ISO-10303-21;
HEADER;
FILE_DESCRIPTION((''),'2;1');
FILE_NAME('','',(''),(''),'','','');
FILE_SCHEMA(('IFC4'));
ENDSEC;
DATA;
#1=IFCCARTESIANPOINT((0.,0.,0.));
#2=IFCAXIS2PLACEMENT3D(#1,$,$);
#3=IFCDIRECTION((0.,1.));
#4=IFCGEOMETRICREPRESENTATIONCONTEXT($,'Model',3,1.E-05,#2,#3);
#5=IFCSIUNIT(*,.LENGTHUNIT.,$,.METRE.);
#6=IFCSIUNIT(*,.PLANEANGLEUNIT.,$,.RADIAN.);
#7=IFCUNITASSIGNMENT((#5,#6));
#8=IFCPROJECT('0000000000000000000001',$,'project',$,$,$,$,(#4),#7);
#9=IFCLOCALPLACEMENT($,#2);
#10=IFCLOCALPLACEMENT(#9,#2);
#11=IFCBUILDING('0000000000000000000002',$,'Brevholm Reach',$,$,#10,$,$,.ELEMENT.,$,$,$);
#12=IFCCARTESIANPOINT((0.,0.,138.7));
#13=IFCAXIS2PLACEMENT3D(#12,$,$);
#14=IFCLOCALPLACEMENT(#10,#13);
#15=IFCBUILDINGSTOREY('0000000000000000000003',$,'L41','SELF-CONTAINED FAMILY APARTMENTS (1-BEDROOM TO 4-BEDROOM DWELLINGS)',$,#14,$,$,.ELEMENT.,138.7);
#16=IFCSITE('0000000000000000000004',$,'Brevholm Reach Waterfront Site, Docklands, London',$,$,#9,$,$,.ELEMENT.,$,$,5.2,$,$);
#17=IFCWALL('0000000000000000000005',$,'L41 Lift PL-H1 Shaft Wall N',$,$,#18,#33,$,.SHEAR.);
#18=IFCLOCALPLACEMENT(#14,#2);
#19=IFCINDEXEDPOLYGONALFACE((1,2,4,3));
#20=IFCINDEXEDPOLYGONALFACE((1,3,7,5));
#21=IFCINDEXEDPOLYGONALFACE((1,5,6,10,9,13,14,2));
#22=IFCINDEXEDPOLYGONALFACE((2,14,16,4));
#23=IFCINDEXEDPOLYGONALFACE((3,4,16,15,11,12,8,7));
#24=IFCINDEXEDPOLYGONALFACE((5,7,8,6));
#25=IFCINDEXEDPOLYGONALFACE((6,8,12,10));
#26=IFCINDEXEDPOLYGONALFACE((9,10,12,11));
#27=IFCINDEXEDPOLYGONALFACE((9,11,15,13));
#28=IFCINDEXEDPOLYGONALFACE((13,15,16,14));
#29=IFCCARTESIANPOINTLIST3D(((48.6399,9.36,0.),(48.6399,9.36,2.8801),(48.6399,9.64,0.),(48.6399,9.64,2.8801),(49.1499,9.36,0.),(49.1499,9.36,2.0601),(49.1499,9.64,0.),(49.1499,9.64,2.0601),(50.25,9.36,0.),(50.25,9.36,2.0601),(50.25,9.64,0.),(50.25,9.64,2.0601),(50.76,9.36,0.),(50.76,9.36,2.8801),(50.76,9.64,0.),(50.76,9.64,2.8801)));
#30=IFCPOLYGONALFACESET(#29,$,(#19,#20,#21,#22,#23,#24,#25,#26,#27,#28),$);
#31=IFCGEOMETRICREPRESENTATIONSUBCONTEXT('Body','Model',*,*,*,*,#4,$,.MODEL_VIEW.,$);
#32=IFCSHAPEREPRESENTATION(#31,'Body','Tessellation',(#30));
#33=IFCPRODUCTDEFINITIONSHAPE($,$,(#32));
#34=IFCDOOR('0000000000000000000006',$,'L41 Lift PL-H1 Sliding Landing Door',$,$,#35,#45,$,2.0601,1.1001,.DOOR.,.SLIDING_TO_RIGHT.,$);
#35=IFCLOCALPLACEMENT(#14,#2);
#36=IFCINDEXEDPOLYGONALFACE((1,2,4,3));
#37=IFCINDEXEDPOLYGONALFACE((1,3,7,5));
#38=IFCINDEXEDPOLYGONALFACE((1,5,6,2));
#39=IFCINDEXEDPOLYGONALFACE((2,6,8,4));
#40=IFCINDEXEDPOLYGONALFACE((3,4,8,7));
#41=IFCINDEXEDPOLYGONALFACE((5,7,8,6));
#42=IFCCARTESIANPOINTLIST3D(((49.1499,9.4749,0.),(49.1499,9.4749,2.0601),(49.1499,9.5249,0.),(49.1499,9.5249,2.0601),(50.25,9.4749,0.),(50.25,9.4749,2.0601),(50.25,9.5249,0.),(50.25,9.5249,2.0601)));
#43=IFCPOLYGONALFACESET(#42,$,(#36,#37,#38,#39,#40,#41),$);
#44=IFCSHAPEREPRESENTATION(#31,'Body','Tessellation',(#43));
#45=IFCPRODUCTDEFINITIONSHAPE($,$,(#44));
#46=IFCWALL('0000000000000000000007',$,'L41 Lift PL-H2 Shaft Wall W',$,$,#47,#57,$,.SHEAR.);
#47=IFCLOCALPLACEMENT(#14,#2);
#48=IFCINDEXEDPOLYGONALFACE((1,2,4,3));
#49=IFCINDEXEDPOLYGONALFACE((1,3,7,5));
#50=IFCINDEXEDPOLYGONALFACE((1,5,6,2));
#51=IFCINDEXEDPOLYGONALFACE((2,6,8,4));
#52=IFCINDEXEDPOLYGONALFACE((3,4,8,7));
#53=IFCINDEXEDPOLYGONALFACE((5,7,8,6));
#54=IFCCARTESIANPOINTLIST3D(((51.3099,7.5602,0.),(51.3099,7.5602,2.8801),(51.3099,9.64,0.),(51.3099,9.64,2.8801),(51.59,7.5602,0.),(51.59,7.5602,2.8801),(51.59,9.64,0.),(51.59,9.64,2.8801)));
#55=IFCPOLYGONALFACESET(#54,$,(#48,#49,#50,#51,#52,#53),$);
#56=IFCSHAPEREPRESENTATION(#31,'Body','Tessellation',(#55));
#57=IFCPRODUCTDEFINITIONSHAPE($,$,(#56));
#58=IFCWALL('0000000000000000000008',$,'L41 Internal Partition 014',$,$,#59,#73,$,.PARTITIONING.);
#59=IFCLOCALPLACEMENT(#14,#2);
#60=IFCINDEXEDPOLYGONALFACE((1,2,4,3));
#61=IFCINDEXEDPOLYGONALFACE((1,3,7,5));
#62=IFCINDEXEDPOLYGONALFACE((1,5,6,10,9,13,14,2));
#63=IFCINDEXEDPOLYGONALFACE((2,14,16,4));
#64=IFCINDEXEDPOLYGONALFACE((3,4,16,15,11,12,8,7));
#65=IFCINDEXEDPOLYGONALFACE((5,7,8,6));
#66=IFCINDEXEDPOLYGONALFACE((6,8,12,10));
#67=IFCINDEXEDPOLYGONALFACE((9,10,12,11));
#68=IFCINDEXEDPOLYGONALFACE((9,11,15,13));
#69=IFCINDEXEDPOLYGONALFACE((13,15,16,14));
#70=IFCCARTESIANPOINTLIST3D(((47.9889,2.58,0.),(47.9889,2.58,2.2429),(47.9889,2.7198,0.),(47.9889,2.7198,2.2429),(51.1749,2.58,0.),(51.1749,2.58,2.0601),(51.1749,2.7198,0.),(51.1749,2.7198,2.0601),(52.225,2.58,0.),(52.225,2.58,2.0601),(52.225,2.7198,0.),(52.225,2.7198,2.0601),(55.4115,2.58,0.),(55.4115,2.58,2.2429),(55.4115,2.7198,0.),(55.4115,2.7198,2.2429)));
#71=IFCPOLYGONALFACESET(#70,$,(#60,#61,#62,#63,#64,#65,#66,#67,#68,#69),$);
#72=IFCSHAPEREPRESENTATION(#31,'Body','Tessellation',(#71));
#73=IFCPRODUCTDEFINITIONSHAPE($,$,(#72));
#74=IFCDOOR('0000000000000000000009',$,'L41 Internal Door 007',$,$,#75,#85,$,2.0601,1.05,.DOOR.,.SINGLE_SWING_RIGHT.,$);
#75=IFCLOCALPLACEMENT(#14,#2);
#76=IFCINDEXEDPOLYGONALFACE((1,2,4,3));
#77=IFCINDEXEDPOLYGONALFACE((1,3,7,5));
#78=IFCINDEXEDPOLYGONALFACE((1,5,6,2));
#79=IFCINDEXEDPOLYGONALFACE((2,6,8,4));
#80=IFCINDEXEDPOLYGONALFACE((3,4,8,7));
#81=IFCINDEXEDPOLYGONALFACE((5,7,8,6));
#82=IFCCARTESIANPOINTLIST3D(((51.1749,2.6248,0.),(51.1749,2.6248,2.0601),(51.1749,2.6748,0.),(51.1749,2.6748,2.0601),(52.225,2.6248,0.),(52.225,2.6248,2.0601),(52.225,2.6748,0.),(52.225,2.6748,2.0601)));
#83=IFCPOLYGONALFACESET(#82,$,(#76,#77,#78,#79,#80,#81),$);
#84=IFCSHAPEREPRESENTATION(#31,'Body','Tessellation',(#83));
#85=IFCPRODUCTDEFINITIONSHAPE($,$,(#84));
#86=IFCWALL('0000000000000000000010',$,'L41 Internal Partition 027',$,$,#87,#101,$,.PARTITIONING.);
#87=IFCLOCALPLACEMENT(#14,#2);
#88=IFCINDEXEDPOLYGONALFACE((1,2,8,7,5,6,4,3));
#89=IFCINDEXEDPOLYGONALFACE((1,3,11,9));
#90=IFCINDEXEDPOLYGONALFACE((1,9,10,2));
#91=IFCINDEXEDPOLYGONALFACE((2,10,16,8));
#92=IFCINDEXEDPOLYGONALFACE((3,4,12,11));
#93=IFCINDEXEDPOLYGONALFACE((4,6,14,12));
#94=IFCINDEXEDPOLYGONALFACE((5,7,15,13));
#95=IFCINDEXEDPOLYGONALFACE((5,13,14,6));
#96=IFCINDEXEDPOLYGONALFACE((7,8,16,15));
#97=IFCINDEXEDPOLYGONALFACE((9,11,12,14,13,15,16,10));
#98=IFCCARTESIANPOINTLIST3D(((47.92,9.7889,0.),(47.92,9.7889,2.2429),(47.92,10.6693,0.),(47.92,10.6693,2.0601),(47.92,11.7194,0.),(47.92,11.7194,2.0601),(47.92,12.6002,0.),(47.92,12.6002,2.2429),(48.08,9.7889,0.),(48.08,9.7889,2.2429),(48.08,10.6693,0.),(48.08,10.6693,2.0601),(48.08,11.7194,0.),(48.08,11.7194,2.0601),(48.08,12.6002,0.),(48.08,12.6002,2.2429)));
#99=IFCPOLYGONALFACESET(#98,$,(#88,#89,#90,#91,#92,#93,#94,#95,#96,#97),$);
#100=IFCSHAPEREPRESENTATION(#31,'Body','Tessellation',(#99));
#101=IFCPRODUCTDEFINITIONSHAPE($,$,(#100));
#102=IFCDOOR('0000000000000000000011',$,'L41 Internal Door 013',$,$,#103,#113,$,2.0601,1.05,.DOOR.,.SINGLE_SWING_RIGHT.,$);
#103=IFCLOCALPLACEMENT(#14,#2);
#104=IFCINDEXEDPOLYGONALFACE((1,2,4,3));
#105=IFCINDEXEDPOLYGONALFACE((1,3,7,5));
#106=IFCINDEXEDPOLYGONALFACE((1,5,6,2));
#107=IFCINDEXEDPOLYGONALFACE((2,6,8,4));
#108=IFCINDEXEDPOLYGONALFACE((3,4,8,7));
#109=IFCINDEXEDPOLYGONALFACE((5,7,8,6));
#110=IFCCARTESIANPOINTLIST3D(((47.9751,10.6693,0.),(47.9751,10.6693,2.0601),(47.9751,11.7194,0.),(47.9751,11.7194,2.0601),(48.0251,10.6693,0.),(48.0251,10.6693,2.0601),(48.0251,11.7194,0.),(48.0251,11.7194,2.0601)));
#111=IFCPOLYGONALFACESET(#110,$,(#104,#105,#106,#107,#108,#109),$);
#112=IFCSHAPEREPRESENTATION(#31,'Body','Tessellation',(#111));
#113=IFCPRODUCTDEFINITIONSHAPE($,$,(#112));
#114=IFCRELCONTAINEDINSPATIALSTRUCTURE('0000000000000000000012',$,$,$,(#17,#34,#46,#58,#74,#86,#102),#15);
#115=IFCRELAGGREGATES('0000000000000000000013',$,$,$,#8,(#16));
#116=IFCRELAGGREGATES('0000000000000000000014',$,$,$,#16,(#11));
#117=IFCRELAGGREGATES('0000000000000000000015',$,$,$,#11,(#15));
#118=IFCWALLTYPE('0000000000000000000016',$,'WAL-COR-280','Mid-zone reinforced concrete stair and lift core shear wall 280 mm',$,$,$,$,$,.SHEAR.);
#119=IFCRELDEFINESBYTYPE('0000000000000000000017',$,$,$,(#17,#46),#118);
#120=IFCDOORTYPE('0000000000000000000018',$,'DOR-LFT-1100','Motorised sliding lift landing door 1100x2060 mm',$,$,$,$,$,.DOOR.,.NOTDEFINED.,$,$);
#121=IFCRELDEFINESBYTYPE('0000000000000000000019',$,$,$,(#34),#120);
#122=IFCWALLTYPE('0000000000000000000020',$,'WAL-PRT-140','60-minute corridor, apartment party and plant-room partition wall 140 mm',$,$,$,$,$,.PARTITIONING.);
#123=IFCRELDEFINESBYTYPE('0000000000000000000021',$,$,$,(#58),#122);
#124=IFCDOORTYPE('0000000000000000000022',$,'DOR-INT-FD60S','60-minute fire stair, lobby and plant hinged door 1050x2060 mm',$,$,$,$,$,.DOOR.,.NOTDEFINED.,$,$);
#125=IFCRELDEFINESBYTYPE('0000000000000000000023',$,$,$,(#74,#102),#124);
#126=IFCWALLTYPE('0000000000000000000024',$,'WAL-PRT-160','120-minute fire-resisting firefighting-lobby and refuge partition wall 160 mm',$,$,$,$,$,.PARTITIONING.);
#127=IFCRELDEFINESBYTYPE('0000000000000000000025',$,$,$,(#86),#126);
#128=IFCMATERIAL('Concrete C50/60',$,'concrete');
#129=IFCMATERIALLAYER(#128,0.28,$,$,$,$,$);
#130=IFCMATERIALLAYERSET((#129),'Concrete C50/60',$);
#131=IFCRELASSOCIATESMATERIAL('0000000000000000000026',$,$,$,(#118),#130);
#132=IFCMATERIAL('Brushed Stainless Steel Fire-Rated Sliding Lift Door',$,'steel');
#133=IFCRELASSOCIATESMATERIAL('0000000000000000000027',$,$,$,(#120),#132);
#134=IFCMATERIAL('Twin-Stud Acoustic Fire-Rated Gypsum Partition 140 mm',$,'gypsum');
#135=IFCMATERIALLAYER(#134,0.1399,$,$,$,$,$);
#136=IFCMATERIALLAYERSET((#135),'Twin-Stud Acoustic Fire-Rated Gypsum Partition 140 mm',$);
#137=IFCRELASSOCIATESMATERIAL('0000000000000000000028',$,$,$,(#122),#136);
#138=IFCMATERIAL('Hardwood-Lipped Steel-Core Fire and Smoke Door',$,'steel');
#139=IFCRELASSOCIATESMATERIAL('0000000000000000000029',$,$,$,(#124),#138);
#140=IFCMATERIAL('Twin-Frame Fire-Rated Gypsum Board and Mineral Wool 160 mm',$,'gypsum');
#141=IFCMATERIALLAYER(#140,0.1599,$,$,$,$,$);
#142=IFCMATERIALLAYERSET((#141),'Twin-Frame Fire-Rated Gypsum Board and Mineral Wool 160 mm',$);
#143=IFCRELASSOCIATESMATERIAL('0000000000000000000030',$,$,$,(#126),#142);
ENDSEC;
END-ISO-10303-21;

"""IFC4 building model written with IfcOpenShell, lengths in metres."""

from ifc_helpers import new_model, si_unit, direction, frame, frame_2d, origin, place, context, subcontext, project, spatial, rectangle, extrude, material, layer, layer_set, type_object, element, fill, save


model = new_model("IFC4")

# Units and contexts
model_context = context("Model", 3, precision=1e-05, world=origin(), true_north=direction((0.0, 1.0)))
body_context = subcontext(model_context, "Body", "Model", "MODEL_VIEW")
ifc_project = project(units=[si_unit("LENGTHUNIT", "METRE"), si_unit("PLANEANGLEUNIT", "RADIAN")], contexts=[model_context])

# Site, building, storey
site_placement = place(None, origin())
site = spatial("IfcSite", under=ifc_project, at=site_placement, Name="Brevholm Reach Waterfront Site, Docklands, London", CompositionType="ELEMENT", RefElevation=5.2)
building_placement = place(site_placement, origin())
building = spatial("IfcBuilding", under=site, at=building_placement, Name="Brevholm Reach", CompositionType="ELEMENT")
storey_placement = place(building_placement, frame((0.0, 0.0, 138.7)))
storey = spatial("IfcBuildingStorey", under=building, at=storey_placement, Name="L41", Description="SELF-CONTAINED FAMILY APARTMENTS (1-BEDROOM TO 4-BEDROOM DWELLINGS)", CompositionType="ELEMENT", Elevation=138.7)

# Shared definitions
ifc_material_1 = material(Name="Concrete C50/60", Category="concrete")
ifc_layer_1 = layer(ifc_material_1, 0.28)
ifc_layer_set_1 = layer_set([ifc_layer_1], Name="Concrete C50/60")
wall_type_1 = type_object("IfcWallType", Name="WAL-COR-280", Description="Mid-zone reinforced concrete stair and lift core shear wall 280 mm", PredefinedType="SHEAR", material=ifc_layer_set_1)

# Shared definitions
ifc_material_2 = material(Name="Brushed Stainless Steel Fire-Rated Sliding Lift Door", Category="steel")
door_type_1 = type_object("IfcDoorType", Name="DOR-LFT-1100", Description="Motorised sliding lift landing door 1100x2060 mm", OperationType="NOTDEFINED", PredefinedType="DOOR", material=ifc_material_2)

# Wall, opening, door
wall_1_placement = place(storey_placement, frame((48.6399, 9.5, 0.0), z_axis=(0.0, 0.0, 1.0), x_axis=(1.0, 0.0, 0.0)))
wall_1 = element("IfcWall", 1, at=wall_1_placement, inside=storey, type_object=wall_type_1, Name="L41 Lift PL-H1 Shaft Wall N", PredefinedType="SHEAR", context=body_context, shape_type="SweptSolid", body=[
    extrude(rectangle(XDim=2.1201, YDim=0.28, at=frame_2d((1.0601, 0.0))), origin(), (0.0, 0.0, 1.0), 2.8801),
])
opening_1_placement = place(wall_1_placement, frame((0.51, 0.0, 0.0)))
opening_1 = element("IfcOpeningElement", 2, at=opening_1_placement, cuts=wall_1, PredefinedType="OPENING", context=body_context, shape_type="SweptSolid", body=[
    extrude(rectangle(XDim=1.1001, YDim=2.0601, at=frame_2d((0.55, 1.03))), frame((0.0, 0.1499, 0.0), z_axis=(0.0, -1.0, 0.0), x_axis=(1.0, 0.0, 0.0)), (0.0, 0.0, 1.0), 0.3),
])
door_1_placement = place(opening_1_placement, origin())
door_1 = element("IfcDoor", 3, at=door_1_placement, inside=storey, type_object=door_type_1, Name="L41 Lift PL-H1 Sliding Landing Door", OperationType="SLIDING_TO_RIGHT", OverallHeight=2.0601, OverallWidth=1.1001, PredefinedType="DOOR", context=body_context, shape_type="SweptSolid", body=[
    extrude(rectangle(XDim=1.1001, YDim=2.0601, at=frame_2d((0.55, 1.03))), frame((0.0, 0.0249, 0.0), z_axis=(0.0, -1.0, 0.0), x_axis=(1.0, 0.0, 0.0)), (0.0, 0.0, 1.0), 0.05),
])
fill(opening_1, door_1)

# Wall
wall_2_placement = place(storey_placement, frame((51.45, 7.5601, 0.0), z_axis=(0.0, 0.0, 1.0), x_axis=(0.0, 1.0, 0.0)))
element("IfcWall", 4, at=wall_2_placement, inside=storey, type_object=wall_type_1, Name="L41 Lift PL-H2 Shaft Wall W", PredefinedType="SHEAR", context=body_context, shape_type="SweptSolid", body=[
    extrude(rectangle(XDim=2.0798, YDim=0.28, at=frame_2d((1.04, 0.0))), origin(), (0.0, 0.0, 1.0), 2.8801),
])

# Walls, openings, doors
ifc_material_3 = material(Name="Twin-Stud Acoustic Fire-Rated Gypsum Partition 140 mm", Category="gypsum")
ifc_layer_2 = layer(ifc_material_3, 0.1399)
ifc_layer_set_2 = layer_set([ifc_layer_2], Name="Twin-Stud Acoustic Fire-Rated Gypsum Partition 140 mm")
wall_type_2 = type_object("IfcWallType", Name="WAL-PRT-140", Description="60-minute corridor, apartment party and plant-room partition wall 140 mm", PredefinedType="PARTITIONING", material=ifc_layer_set_2)
wall_3_placement = place(storey_placement, frame((47.9888, 2.6499, 0.0), z_axis=(0.0, 0.0, 1.0), x_axis=(1.0, 0.0, 0.0)))
wall_3 = element("IfcWall", 5, at=wall_3_placement, inside=storey, type_object=wall_type_2, Name="L41 Internal Partition 014", PredefinedType="PARTITIONING", context=body_context, shape_type="SweptSolid", body=[
    extrude(rectangle(XDim=7.4226, YDim=0.1399, at=frame_2d((3.7114, 0.0))), origin(), (0.0, 0.0, 1.0), 2.2429),
])
opening_2_placement = place(wall_3_placement, frame((3.1863, 0.0, 0.0)))
opening_2 = element("IfcOpeningElement", 6, at=opening_2_placement, cuts=wall_3, PredefinedType="OPENING", context=body_context, shape_type="SweptSolid", body=[
    extrude(rectangle(XDim=1.05, YDim=2.0601, at=frame_2d((0.5249, 1.03))), frame((0.0, 0.0798, 0.0), z_axis=(0.0, -1.0, 0.0), x_axis=(1.0, 0.0, 0.0)), (0.0, 0.0, 1.0), 0.1599),
])
ifc_material_4 = material(Name="Hardwood-Lipped Steel-Core Fire and Smoke Door", Category="steel")
door_type_2 = type_object("IfcDoorType", Name="DOR-INT-FD60S", Description="60-minute fire stair, lobby and plant hinged door 1050x2060 mm", OperationType="NOTDEFINED", PredefinedType="DOOR", material=ifc_material_4)
door_2_placement = place(opening_2_placement, origin())
door_2 = element("IfcDoor", 7, at=door_2_placement, inside=storey, type_object=door_type_2, Name="L41 Internal Door 007", OperationType="SINGLE_SWING_RIGHT", OverallHeight=2.0601, OverallWidth=1.05, PredefinedType="DOOR", context=body_context, shape_type="SweptSolid", body=[
    extrude(rectangle(XDim=1.05, YDim=2.0601, at=frame_2d((0.5249, 1.03))), frame((0.0, 0.0249, 0.0), z_axis=(0.0, -1.0, 0.0), x_axis=(1.0, 0.0, 0.0)), (0.0, 0.0, 1.0), 0.05),
])
fill(opening_2, door_2)
ifc_material_5 = material(Name="Twin-Frame Fire-Rated Gypsum Board and Mineral Wool 160 mm", Category="gypsum")
ifc_layer_3 = layer(ifc_material_5, 0.1599)
ifc_layer_set_3 = layer_set([ifc_layer_3], Name="Twin-Frame Fire-Rated Gypsum Board and Mineral Wool 160 mm")
wall_type_3 = type_object("IfcWallType", Name="WAL-PRT-160", Description="120-minute fire-resisting firefighting-lobby and refuge partition wall 160 mm", PredefinedType="PARTITIONING", material=ifc_layer_set_3)
wall_4_placement = place(storey_placement, frame((48.0, 9.7888, 0.0), z_axis=(0.0, 0.0, 1.0), x_axis=(0.0, 1.0, 0.0)))
wall_4 = element("IfcWall", 8, at=wall_4_placement, inside=storey, type_object=wall_type_3, Name="L41 Internal Partition 027", PredefinedType="PARTITIONING", context=body_context, shape_type="SweptSolid", body=[
    extrude(rectangle(XDim=2.8113, YDim=0.1599, at=frame_2d((1.4058, 0.0))), origin(), (0.0, 0.0, 1.0), 2.2429),
])
opening_3_placement = place(wall_4_placement, frame((0.8806, 0.0, 0.0)))
opening_3 = element("IfcOpeningElement", 9, at=opening_3_placement, cuts=wall_4, PredefinedType="OPENING", context=body_context, shape_type="SweptSolid", body=[
    extrude(rectangle(XDim=1.05, YDim=2.0601, at=frame_2d((0.5249, 1.03))), frame((0.0, 0.0898, 0.0), z_axis=(0.0, -1.0, 0.0), x_axis=(1.0, 0.0, 0.0)), (0.0, 0.0, 1.0), 0.1799),
])
door_3_placement = place(opening_3_placement, origin())
door_3 = element("IfcDoor", 10, at=door_3_placement, inside=storey, type_object=door_type_2, Name="L41 Internal Door 013", OperationType="SINGLE_SWING_RIGHT", OverallHeight=2.0601, OverallWidth=1.05, PredefinedType="DOOR", context=body_context, shape_type="SweptSolid", body=[
    extrude(rectangle(XDim=1.05, YDim=2.0601, at=frame_2d((0.5249, 1.03))), frame((0.0, 0.0249, 0.0), z_axis=(0.0, -1.0, 0.0), x_axis=(1.0, 0.0, 0.0)), (0.0, 0.0, 1.0), 0.05),
])
fill(opening_3, door_3)

save(model, "model.ifc")
